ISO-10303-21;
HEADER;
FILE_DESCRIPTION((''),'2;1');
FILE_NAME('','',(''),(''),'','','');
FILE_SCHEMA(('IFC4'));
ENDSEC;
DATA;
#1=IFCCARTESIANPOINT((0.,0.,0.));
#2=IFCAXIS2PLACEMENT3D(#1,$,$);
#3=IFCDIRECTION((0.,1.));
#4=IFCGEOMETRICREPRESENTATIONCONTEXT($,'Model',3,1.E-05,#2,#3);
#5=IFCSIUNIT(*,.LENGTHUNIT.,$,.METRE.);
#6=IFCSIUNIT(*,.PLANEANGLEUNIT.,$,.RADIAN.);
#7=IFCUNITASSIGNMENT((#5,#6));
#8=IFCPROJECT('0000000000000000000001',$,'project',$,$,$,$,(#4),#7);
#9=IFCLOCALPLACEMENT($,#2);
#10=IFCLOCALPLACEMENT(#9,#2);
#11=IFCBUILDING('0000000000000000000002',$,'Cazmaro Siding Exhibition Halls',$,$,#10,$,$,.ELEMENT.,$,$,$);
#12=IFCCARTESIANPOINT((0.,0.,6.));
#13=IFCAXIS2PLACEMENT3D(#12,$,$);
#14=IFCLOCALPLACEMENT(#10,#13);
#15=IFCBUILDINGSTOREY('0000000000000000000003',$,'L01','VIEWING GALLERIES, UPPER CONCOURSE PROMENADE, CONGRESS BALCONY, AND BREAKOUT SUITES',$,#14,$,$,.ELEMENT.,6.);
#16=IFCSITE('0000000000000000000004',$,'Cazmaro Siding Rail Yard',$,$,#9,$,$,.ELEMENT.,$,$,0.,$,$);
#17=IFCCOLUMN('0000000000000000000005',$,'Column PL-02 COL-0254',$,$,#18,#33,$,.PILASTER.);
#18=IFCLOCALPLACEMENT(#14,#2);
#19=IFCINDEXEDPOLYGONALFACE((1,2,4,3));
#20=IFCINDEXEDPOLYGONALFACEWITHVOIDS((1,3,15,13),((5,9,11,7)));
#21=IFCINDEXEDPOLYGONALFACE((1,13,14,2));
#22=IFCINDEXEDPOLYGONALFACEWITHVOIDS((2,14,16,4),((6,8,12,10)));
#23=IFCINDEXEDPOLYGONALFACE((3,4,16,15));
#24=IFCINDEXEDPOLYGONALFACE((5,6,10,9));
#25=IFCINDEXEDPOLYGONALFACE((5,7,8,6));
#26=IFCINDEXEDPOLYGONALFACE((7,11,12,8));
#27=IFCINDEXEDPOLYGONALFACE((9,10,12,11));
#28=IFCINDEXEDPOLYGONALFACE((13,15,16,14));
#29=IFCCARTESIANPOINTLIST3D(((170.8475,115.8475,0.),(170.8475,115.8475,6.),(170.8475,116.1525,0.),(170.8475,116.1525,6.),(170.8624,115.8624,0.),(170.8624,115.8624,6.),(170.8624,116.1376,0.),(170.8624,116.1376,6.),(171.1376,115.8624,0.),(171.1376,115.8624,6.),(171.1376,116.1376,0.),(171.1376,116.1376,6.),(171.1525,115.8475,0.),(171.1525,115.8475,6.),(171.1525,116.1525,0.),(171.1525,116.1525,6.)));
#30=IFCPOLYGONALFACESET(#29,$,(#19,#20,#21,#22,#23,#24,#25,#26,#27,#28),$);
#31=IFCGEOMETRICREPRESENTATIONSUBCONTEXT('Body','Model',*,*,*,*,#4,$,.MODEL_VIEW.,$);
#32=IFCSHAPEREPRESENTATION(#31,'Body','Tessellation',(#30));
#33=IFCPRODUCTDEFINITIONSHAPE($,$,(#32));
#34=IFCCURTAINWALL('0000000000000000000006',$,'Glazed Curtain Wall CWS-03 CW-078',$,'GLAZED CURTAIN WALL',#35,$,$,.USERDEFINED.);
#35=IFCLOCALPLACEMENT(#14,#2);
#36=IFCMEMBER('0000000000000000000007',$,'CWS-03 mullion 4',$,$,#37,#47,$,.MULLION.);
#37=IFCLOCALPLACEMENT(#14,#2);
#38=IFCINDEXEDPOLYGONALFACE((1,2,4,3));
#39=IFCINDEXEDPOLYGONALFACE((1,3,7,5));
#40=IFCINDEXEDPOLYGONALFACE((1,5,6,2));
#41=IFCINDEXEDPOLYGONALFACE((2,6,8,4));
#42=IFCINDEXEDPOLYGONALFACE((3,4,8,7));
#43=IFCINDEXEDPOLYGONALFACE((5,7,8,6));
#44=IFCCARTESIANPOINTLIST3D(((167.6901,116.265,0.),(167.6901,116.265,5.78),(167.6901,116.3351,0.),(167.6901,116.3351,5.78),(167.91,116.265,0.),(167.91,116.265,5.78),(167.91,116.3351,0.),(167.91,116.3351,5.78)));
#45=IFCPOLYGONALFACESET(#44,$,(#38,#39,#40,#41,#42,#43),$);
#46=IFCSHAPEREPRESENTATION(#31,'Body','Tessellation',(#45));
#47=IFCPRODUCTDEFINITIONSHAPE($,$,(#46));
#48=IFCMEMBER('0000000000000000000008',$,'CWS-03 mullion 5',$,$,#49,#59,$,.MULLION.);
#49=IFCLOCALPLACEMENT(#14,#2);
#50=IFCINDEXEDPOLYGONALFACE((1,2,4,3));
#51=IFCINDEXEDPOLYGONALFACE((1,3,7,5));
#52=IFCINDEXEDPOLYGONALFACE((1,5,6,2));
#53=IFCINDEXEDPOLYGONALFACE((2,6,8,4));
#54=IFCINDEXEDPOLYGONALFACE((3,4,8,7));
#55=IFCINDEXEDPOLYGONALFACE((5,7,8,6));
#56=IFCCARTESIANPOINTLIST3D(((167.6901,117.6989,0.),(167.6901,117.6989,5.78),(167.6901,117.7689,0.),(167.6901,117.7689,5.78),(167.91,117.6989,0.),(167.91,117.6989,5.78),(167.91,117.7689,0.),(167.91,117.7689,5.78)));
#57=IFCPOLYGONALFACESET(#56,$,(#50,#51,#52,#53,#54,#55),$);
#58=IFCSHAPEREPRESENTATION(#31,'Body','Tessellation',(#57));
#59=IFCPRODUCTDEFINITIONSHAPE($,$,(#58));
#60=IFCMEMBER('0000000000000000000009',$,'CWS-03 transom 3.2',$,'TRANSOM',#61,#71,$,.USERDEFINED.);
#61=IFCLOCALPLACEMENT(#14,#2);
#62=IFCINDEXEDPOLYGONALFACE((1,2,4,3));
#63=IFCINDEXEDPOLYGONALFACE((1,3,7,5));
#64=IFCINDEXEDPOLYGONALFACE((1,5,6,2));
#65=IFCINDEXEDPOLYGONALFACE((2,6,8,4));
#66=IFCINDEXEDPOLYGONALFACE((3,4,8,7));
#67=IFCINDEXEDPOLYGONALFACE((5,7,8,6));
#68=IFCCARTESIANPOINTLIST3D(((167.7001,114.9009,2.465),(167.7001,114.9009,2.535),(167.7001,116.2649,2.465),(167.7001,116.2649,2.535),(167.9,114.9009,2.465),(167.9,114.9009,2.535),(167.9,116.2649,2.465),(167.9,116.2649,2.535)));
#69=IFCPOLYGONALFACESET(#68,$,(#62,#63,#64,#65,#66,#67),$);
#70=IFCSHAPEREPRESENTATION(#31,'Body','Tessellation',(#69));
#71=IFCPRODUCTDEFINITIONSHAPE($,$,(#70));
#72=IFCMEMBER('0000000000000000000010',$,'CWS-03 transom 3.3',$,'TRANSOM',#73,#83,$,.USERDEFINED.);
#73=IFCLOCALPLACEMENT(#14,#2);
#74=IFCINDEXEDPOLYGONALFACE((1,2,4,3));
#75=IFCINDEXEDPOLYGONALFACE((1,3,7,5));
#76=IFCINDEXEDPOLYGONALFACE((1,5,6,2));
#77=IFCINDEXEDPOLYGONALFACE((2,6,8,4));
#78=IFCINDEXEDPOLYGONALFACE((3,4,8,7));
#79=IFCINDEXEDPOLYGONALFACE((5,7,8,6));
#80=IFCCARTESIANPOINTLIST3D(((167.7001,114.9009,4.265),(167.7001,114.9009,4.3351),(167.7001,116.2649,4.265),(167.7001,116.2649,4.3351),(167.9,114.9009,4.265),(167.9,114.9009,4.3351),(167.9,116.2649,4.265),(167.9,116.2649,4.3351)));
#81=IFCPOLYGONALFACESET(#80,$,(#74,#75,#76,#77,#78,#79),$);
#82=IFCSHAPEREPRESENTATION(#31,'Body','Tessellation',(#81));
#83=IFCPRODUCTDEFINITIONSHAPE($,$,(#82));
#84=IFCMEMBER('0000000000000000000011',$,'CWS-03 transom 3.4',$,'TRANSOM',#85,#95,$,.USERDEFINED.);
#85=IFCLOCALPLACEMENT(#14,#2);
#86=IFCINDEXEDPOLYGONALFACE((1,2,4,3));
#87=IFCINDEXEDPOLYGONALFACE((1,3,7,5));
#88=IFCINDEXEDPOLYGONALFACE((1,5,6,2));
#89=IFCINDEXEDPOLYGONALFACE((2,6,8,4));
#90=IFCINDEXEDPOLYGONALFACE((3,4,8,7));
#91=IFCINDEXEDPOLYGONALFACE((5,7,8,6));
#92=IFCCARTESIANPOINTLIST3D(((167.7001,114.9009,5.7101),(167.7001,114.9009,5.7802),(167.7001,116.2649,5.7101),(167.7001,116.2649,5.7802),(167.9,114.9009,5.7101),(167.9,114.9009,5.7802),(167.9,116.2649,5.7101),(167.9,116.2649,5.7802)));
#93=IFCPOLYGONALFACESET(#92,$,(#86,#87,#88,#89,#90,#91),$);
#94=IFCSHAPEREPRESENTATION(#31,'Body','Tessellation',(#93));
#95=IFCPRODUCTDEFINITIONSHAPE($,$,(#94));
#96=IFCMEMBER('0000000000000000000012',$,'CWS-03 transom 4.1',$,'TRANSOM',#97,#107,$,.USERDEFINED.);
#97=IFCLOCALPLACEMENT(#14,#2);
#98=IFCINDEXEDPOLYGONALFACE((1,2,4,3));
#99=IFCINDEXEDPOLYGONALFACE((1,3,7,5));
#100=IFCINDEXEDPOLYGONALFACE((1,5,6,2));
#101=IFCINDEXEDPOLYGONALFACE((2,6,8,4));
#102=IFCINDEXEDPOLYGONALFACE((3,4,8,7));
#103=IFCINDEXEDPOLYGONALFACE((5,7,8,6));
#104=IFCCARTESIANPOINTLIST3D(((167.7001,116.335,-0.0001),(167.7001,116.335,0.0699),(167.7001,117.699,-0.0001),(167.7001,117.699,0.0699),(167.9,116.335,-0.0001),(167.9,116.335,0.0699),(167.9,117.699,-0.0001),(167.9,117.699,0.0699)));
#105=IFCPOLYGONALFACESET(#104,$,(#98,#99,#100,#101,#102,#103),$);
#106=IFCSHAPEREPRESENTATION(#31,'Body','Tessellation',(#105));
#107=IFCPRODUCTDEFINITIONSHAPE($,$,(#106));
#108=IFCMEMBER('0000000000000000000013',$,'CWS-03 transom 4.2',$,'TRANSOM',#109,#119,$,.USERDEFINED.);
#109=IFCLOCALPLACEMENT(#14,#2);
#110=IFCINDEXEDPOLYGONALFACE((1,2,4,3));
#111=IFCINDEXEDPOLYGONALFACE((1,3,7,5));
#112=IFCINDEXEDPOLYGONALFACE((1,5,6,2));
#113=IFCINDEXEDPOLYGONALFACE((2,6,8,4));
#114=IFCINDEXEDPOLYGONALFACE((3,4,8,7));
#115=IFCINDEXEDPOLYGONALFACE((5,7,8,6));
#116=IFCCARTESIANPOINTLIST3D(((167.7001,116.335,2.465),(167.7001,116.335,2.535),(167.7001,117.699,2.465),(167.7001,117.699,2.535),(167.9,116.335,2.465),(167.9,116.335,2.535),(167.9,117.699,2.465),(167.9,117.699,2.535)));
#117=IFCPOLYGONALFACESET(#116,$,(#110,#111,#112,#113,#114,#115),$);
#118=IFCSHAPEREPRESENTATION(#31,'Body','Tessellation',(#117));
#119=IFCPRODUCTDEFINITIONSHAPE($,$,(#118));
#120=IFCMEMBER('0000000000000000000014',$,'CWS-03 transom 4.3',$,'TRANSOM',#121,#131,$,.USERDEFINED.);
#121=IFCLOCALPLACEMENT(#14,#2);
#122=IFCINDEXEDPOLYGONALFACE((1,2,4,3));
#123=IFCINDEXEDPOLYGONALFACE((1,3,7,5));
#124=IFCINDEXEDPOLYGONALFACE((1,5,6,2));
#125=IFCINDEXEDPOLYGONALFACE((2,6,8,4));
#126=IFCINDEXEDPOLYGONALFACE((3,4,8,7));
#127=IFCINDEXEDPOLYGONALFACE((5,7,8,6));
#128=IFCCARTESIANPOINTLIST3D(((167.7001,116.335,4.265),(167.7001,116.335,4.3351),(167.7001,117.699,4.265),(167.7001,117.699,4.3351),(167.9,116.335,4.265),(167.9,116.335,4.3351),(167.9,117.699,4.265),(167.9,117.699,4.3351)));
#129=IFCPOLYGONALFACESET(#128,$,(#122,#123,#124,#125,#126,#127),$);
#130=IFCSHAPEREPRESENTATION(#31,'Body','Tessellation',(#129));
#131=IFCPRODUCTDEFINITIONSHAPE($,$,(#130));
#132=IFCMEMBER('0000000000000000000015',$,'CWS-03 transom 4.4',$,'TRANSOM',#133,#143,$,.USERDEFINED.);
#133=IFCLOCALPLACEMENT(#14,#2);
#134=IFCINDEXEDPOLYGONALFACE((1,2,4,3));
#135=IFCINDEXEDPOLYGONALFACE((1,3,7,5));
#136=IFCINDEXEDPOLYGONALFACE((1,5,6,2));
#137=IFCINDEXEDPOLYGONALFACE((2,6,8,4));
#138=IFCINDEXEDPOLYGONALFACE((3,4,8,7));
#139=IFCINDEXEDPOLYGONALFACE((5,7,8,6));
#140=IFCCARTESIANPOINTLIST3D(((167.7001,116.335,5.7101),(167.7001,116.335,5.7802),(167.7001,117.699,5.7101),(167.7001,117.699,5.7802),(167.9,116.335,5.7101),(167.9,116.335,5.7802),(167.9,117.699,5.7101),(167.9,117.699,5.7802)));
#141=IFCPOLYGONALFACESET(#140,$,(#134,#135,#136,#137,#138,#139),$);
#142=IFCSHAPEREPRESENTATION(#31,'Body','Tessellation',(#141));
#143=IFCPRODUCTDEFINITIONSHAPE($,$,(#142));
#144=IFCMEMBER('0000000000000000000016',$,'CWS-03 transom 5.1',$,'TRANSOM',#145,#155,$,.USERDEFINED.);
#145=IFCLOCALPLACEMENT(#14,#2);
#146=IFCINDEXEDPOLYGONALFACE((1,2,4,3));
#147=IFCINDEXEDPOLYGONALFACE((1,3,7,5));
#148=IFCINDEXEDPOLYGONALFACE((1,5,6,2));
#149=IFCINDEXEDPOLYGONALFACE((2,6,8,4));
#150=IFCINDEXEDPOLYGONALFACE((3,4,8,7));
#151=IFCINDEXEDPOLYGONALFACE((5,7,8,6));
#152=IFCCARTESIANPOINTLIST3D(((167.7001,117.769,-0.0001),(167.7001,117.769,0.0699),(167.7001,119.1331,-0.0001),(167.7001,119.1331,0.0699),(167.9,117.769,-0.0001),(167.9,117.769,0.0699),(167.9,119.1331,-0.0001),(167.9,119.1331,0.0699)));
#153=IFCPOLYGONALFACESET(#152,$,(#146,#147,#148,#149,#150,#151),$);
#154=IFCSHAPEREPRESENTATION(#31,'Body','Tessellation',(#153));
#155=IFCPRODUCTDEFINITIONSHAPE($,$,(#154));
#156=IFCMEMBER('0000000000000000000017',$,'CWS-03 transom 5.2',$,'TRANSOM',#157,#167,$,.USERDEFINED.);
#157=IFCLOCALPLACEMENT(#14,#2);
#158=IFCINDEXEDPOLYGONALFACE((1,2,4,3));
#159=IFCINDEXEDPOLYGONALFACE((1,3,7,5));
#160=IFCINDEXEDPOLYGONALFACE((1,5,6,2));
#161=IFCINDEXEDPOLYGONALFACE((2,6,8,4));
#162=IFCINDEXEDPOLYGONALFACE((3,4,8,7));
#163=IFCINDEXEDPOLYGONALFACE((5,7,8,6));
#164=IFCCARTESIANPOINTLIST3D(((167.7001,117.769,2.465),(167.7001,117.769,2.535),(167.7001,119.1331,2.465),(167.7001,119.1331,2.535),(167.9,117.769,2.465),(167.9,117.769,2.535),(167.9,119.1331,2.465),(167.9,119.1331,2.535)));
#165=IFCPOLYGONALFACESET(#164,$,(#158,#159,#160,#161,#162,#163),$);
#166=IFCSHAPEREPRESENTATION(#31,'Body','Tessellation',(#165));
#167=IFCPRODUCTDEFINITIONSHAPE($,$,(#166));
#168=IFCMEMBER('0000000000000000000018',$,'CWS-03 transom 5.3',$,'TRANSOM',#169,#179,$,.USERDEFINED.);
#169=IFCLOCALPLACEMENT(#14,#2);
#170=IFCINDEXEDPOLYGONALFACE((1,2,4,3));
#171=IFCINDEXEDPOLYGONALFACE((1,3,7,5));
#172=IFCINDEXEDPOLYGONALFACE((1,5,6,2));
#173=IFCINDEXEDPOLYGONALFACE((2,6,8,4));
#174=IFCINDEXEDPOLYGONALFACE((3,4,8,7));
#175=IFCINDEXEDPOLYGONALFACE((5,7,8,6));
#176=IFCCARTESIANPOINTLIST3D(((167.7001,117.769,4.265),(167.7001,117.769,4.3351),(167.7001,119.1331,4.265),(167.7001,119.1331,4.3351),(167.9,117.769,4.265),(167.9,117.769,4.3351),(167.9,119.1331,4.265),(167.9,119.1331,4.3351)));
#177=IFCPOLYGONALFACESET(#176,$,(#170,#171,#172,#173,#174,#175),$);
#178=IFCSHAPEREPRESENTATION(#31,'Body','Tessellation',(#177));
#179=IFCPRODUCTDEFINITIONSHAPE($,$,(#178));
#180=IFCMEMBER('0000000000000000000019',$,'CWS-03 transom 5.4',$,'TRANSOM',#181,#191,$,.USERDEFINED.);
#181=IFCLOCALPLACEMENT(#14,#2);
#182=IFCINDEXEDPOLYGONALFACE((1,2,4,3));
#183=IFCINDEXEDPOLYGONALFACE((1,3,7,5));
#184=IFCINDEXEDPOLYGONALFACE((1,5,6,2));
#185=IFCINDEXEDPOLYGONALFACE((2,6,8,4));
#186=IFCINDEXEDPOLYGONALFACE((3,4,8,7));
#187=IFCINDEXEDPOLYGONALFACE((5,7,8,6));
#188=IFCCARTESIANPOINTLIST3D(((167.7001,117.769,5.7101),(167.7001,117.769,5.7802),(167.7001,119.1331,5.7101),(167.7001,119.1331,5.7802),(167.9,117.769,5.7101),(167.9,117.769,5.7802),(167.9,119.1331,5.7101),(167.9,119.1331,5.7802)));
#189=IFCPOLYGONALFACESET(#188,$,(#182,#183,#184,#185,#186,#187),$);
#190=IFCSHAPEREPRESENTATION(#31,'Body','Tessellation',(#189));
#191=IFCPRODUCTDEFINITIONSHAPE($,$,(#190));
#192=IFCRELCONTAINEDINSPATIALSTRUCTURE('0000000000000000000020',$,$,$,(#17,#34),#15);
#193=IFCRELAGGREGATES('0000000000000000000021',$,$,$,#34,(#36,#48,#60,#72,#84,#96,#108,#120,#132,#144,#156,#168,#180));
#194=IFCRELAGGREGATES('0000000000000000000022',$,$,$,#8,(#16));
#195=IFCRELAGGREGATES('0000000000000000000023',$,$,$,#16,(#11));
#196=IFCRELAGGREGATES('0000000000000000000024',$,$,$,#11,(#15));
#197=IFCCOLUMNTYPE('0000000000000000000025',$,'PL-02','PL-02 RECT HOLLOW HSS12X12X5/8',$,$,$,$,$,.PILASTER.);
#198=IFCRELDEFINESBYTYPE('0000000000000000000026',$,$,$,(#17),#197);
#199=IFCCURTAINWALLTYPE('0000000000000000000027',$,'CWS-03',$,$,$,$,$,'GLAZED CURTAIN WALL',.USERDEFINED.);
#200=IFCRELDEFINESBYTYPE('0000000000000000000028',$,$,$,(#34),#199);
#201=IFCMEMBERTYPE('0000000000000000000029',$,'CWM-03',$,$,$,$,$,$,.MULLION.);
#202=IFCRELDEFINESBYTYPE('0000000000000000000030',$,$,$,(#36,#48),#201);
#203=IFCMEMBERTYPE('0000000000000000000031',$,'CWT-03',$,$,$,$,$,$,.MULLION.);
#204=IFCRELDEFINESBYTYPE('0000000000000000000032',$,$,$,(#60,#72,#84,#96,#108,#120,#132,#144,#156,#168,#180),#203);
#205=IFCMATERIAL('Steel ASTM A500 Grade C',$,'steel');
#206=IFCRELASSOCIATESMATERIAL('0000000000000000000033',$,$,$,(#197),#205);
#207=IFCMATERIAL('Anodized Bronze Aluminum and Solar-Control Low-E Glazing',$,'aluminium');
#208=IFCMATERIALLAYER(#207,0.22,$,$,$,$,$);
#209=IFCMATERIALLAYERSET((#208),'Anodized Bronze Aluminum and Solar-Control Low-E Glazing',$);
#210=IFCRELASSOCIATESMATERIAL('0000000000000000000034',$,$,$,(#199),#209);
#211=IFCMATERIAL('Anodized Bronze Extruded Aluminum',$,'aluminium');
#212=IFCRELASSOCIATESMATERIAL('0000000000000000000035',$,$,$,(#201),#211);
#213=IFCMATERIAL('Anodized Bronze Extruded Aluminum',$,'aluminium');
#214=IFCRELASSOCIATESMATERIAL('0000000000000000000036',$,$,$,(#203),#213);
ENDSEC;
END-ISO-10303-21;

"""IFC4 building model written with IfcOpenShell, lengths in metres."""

from ifc_helpers import new_model, si_unit, direction, frame, origin, origin_2d, place, context, subcontext, project, spatial, rectangle, hollow_rectangle, extrude, material, layer, layer_set, material_profile, profile_set, type_object, element, aggregate, save


model = new_model("IFC4")

# Units and contexts
model_context = context("Model", 3, precision=1e-05, world=origin(), true_north=direction((0.0, 1.0)))
body_context = subcontext(model_context, "Body", "Model", "MODEL_VIEW")
ifc_project = project(units=[si_unit("LENGTHUNIT", "METRE"), si_unit("PLANEANGLEUNIT", "RADIAN")], contexts=[model_context])

# Site, building, storey
site_placement = place(None, origin())
site = spatial("IfcSite", under=ifc_project, at=site_placement, Name="Cazmaro Siding Rail Yard", CompositionType="ELEMENT", RefElevation=0.0)
building_placement = place(site_placement, origin())
building = spatial("IfcBuilding", under=site, at=building_placement, Name="Cazmaro Siding Exhibition Halls", CompositionType="ELEMENT")
storey_placement = place(building_placement, frame((0.0, 0.0, 6.0)))
storey = spatial("IfcBuildingStorey", under=building, at=storey_placement, Name="L01", Description="VIEWING GALLERIES, UPPER CONCOURSE PROMENADE, CONGRESS BALCONY, AND BREAKOUT SUITES", CompositionType="ELEMENT", Elevation=6.0)

# Column
ifc_material_1 = material(Name="Steel ASTM A500 Grade C", Category="steel")
ifc_material_profile_1 = material_profile(ifc_material_1, hollow_rectangle(XDim=0.3049, YDim=0.3049, WallThickness=0.0149, at=origin_2d()), Name="HSS12X12X5/8")
ifc_profile_set_1 = profile_set([ifc_material_profile_1], Name="Steel ASTM A500 Grade C")
column_type = type_object("IfcColumnType", Name="PL-02", Description="PL-02 RECT HOLLOW HSS12X12X5/8", PredefinedType="PILASTER", material=ifc_profile_set_1)
column_placement = place(storey_placement, frame((171.0, 116.0, 0.0), z_axis=(0.0, 0.0, 1.0), x_axis=(1.0, 0.0, 0.0)))
element("IfcColumn", 1, at=column_placement, inside=storey, type_object=column_type, Name="Column PL-02 COL-0254", PredefinedType="PILASTER", context=body_context, shape_type="SweptSolid", body=[
    extrude(hollow_rectangle(XDim=0.3049, YDim=0.3049, WallThickness=0.0149, at=origin_2d()), origin(), (0.0, 0.0, 1.0), 6.0),
])

# Curtain wall, members
ifc_material_2 = material(Name="Anodized Bronze Aluminum and Solar-Control Low-E Glazing", Category="aluminium")
ifc_layer_1 = layer(ifc_material_2, 0.22)
ifc_layer_set_1 = layer_set([ifc_layer_1], Name="Anodized Bronze Aluminum and Solar-Control Low-E Glazing")
curtain_wall_type = type_object("IfcCurtainWallType", Name="CWS-03", ElementType="GLAZED CURTAIN WALL", PredefinedType="USERDEFINED", material=ifc_layer_set_1)
curtain_wall_placement = place(storey_placement, origin())
curtain_wall = element("IfcCurtainWall", 2, at=curtain_wall_placement, inside=storey, type_object=curtain_wall_type, Name="Glazed Curtain Wall CWS-03 CW-078", ObjectType="GLAZED CURTAIN WALL", PredefinedType="USERDEFINED")
ifc_material_3 = material(Name="Anodized Bronze Extruded Aluminum", Category="aluminium")
ifc_material_profile_2 = material_profile(ifc_material_3, rectangle(XDim=0.22, YDim=0.0701, at=origin_2d()), Name="CWM-03")
ifc_profile_set_2 = profile_set([ifc_material_profile_2], Name="Anodized Bronze Extruded Aluminum")
member_type_1 = type_object("IfcMemberType", Name="CWM-03", PredefinedType="MULLION", material=ifc_profile_set_2)
member_1_placement = place(storey_placement, frame((167.8, 116.3, 0.0), z_axis=(0.0, 0.0, 1.0), x_axis=(-1.0, 0.0, 0.0)))
member_1 = element("IfcMember", 3, at=member_1_placement, type_object=member_type_1, Name="CWS-03 mullion 4", PredefinedType="MULLION", context=body_context, shape_type="SweptSolid", body=[
    extrude(rectangle(XDim=0.22, YDim=0.0701, at=origin_2d()), origin(), (0.0, 0.0, 1.0), 5.78),
])
member_2_placement = place(storey_placement, frame((167.8, 117.7339, 0.0), z_axis=(0.0, 0.0, 1.0), x_axis=(-1.0, 0.0, 0.0)))
member_2 = element("IfcMember", 4, at=member_2_placement, type_object=member_type_1, Name="CWS-03 mullion 5", PredefinedType="MULLION", context=body_context, shape_type="SweptSolid", body=[
    extrude(rectangle(XDim=0.22, YDim=0.0701, at=origin_2d()), origin(), (0.0, 0.0, 1.0), 5.78),
])
ifc_material_4 = material(Name="Anodized Bronze Extruded Aluminum", Category="aluminium")
ifc_material_profile_3 = material_profile(ifc_material_4, rectangle(XDim=0.2, YDim=0.0701, at=origin_2d()), Name="CWT-03")
ifc_profile_set_3 = profile_set([ifc_material_profile_3], Name="Anodized Bronze Extruded Aluminum")
member_type_2 = type_object("IfcMemberType", Name="CWT-03", PredefinedType="MULLION", material=ifc_profile_set_3)
member_3_placement = place(storey_placement, frame((167.8, 114.9009, 2.5), z_axis=(0.0, 1.0, 0.0), x_axis=(-1.0, 0.0, 0.0)))
member_3 = element("IfcMember", 5, at=member_3_placement, type_object=member_type_2, Name="CWS-03 transom 3.2", ObjectType="TRANSOM", PredefinedType="USERDEFINED", context=body_context, shape_type="SweptSolid", body=[
    extrude(rectangle(XDim=0.2, YDim=0.0701, at=origin_2d()), origin(), (0.0, 0.0, 1.0), 1.364),
])
member_4_placement = place(storey_placement, frame((167.8, 114.9009, 4.3), z_axis=(0.0, 1.0, 0.0), x_axis=(-1.0, 0.0, 0.0)))
member_4 = element("IfcMember", 6, at=member_4_placement, type_object=member_type_2, Name="CWS-03 transom 3.3", ObjectType="TRANSOM", PredefinedType="USERDEFINED", context=body_context, shape_type="SweptSolid", body=[
    extrude(rectangle(XDim=0.2, YDim=0.0701, at=origin_2d()), origin(), (0.0, 0.0, 1.0), 1.364),
])
member_5_placement = place(storey_placement, frame((167.8, 114.9009, 5.7451), z_axis=(0.0, 1.0, 0.0), x_axis=(-1.0, 0.0, 0.0)))
member_5 = element("IfcMember", 7, at=member_5_placement, type_object=member_type_2, Name="CWS-03 transom 3.4", ObjectType="TRANSOM", PredefinedType="USERDEFINED", context=body_context, shape_type="SweptSolid", body=[
    extrude(rectangle(XDim=0.2, YDim=0.0701, at=origin_2d()), origin(), (0.0, 0.0, 1.0), 1.364),
])
member_6_placement = place(storey_placement, frame((167.8, 116.335, 0.0349), z_axis=(0.0, 1.0, 0.0), x_axis=(-1.0, 0.0, 0.0)))
member_6 = element("IfcMember", 8, at=member_6_placement, type_object=member_type_2, Name="CWS-03 transom 4.1", ObjectType="TRANSOM", PredefinedType="USERDEFINED", context=body_context, shape_type="SweptSolid", body=[
    extrude(rectangle(XDim=0.2, YDim=0.0701, at=origin_2d()), origin(), (0.0, 0.0, 1.0), 1.364),
])
member_7_placement = place(storey_placement, frame((167.8, 116.335, 2.5), z_axis=(0.0, 1.0, 0.0), x_axis=(-1.0, 0.0, 0.0)))
member_7 = element("IfcMember", 9, at=member_7_placement, type_object=member_type_2, Name="CWS-03 transom 4.2", ObjectType="TRANSOM", PredefinedType="USERDEFINED", context=body_context, shape_type="SweptSolid", body=[
    extrude(rectangle(XDim=0.2, YDim=0.0701, at=origin_2d()), origin(), (0.0, 0.0, 1.0), 1.364),
])
member_8_placement = place(storey_placement, frame((167.8, 116.335, 4.3), z_axis=(0.0, 1.0, 0.0), x_axis=(-1.0, 0.0, 0.0)))
member_8 = element("IfcMember", 10, at=member_8_placement, type_object=member_type_2, Name="CWS-03 transom 4.3", ObjectType="TRANSOM", PredefinedType="USERDEFINED", context=body_context, shape_type="SweptSolid", body=[
    extrude(rectangle(XDim=0.2, YDim=0.0701, at=origin_2d()), origin(), (0.0, 0.0, 1.0), 1.364),
])
member_9_placement = place(storey_placement, frame((167.8, 116.335, 5.7451), z_axis=(0.0, 1.0, 0.0), x_axis=(-1.0, 0.0, 0.0)))
member_9 = element("IfcMember", 11, at=member_9_placement, type_object=member_type_2, Name="CWS-03 transom 4.4", ObjectType="TRANSOM", PredefinedType="USERDEFINED", context=body_context, shape_type="SweptSolid", body=[
    extrude(rectangle(XDim=0.2, YDim=0.0701, at=origin_2d()), origin(), (0.0, 0.0, 1.0), 1.364),
])
member_10_placement = place(storey_placement, frame((167.8, 117.769, 0.0349), z_axis=(0.0, 1.0, 0.0), x_axis=(-1.0, 0.0, 0.0)))
member_10 = element("IfcMember", 12, at=member_10_placement, type_object=member_type_2, Name="CWS-03 transom 5.1", ObjectType="TRANSOM", PredefinedType="USERDEFINED", context=body_context, shape_type="SweptSolid", body=[
    extrude(rectangle(XDim=0.2, YDim=0.0701, at=origin_2d()), origin(), (0.0, 0.0, 1.0), 1.364),
])
member_11_placement = place(storey_placement, frame((167.8, 117.769, 2.5), z_axis=(0.0, 1.0, 0.0), x_axis=(-1.0, 0.0, 0.0)))
member_11 = element("IfcMember", 13, at=member_11_placement, type_object=member_type_2, Name="CWS-03 transom 5.2", ObjectType="TRANSOM", PredefinedType="USERDEFINED", context=body_context, shape_type="SweptSolid", body=[
    extrude(rectangle(XDim=0.2, YDim=0.0701, at=origin_2d()), origin(), (0.0, 0.0, 1.0), 1.364),
])
member_12_placement = place(storey_placement, frame((167.8, 117.769, 4.3), z_axis=(0.0, 1.0, 0.0), x_axis=(-1.0, 0.0, 0.0)))
member_12 = element("IfcMember", 14, at=member_12_placement, type_object=member_type_2, Name="CWS-03 transom 5.3", ObjectType="TRANSOM", PredefinedType="USERDEFINED", context=body_context, shape_type="SweptSolid", body=[
    extrude(rectangle(XDim=0.2, YDim=0.0701, at=origin_2d()), origin(), (0.0, 0.0, 1.0), 1.364),
])
member_13_placement = place(storey_placement, frame((167.8, 117.769, 5.7451), z_axis=(0.0, 1.0, 0.0), x_axis=(-1.0, 0.0, 0.0)))
member_13 = element("IfcMember", 15, at=member_13_placement, type_object=member_type_2, Name="CWS-03 transom 5.4", ObjectType="TRANSOM", PredefinedType="USERDEFINED", context=body_context, shape_type="SweptSolid", body=[
    extrude(rectangle(XDim=0.2, YDim=0.0701, at=origin_2d()), origin(), (0.0, 0.0, 1.0), 1.364),
])

aggregate(curtain_wall, [member_1, member_2, member_3, member_4, member_5, member_6, member_7, member_8, member_9, member_10, member_11, member_12, member_13])

save(model, "model.ifc")
